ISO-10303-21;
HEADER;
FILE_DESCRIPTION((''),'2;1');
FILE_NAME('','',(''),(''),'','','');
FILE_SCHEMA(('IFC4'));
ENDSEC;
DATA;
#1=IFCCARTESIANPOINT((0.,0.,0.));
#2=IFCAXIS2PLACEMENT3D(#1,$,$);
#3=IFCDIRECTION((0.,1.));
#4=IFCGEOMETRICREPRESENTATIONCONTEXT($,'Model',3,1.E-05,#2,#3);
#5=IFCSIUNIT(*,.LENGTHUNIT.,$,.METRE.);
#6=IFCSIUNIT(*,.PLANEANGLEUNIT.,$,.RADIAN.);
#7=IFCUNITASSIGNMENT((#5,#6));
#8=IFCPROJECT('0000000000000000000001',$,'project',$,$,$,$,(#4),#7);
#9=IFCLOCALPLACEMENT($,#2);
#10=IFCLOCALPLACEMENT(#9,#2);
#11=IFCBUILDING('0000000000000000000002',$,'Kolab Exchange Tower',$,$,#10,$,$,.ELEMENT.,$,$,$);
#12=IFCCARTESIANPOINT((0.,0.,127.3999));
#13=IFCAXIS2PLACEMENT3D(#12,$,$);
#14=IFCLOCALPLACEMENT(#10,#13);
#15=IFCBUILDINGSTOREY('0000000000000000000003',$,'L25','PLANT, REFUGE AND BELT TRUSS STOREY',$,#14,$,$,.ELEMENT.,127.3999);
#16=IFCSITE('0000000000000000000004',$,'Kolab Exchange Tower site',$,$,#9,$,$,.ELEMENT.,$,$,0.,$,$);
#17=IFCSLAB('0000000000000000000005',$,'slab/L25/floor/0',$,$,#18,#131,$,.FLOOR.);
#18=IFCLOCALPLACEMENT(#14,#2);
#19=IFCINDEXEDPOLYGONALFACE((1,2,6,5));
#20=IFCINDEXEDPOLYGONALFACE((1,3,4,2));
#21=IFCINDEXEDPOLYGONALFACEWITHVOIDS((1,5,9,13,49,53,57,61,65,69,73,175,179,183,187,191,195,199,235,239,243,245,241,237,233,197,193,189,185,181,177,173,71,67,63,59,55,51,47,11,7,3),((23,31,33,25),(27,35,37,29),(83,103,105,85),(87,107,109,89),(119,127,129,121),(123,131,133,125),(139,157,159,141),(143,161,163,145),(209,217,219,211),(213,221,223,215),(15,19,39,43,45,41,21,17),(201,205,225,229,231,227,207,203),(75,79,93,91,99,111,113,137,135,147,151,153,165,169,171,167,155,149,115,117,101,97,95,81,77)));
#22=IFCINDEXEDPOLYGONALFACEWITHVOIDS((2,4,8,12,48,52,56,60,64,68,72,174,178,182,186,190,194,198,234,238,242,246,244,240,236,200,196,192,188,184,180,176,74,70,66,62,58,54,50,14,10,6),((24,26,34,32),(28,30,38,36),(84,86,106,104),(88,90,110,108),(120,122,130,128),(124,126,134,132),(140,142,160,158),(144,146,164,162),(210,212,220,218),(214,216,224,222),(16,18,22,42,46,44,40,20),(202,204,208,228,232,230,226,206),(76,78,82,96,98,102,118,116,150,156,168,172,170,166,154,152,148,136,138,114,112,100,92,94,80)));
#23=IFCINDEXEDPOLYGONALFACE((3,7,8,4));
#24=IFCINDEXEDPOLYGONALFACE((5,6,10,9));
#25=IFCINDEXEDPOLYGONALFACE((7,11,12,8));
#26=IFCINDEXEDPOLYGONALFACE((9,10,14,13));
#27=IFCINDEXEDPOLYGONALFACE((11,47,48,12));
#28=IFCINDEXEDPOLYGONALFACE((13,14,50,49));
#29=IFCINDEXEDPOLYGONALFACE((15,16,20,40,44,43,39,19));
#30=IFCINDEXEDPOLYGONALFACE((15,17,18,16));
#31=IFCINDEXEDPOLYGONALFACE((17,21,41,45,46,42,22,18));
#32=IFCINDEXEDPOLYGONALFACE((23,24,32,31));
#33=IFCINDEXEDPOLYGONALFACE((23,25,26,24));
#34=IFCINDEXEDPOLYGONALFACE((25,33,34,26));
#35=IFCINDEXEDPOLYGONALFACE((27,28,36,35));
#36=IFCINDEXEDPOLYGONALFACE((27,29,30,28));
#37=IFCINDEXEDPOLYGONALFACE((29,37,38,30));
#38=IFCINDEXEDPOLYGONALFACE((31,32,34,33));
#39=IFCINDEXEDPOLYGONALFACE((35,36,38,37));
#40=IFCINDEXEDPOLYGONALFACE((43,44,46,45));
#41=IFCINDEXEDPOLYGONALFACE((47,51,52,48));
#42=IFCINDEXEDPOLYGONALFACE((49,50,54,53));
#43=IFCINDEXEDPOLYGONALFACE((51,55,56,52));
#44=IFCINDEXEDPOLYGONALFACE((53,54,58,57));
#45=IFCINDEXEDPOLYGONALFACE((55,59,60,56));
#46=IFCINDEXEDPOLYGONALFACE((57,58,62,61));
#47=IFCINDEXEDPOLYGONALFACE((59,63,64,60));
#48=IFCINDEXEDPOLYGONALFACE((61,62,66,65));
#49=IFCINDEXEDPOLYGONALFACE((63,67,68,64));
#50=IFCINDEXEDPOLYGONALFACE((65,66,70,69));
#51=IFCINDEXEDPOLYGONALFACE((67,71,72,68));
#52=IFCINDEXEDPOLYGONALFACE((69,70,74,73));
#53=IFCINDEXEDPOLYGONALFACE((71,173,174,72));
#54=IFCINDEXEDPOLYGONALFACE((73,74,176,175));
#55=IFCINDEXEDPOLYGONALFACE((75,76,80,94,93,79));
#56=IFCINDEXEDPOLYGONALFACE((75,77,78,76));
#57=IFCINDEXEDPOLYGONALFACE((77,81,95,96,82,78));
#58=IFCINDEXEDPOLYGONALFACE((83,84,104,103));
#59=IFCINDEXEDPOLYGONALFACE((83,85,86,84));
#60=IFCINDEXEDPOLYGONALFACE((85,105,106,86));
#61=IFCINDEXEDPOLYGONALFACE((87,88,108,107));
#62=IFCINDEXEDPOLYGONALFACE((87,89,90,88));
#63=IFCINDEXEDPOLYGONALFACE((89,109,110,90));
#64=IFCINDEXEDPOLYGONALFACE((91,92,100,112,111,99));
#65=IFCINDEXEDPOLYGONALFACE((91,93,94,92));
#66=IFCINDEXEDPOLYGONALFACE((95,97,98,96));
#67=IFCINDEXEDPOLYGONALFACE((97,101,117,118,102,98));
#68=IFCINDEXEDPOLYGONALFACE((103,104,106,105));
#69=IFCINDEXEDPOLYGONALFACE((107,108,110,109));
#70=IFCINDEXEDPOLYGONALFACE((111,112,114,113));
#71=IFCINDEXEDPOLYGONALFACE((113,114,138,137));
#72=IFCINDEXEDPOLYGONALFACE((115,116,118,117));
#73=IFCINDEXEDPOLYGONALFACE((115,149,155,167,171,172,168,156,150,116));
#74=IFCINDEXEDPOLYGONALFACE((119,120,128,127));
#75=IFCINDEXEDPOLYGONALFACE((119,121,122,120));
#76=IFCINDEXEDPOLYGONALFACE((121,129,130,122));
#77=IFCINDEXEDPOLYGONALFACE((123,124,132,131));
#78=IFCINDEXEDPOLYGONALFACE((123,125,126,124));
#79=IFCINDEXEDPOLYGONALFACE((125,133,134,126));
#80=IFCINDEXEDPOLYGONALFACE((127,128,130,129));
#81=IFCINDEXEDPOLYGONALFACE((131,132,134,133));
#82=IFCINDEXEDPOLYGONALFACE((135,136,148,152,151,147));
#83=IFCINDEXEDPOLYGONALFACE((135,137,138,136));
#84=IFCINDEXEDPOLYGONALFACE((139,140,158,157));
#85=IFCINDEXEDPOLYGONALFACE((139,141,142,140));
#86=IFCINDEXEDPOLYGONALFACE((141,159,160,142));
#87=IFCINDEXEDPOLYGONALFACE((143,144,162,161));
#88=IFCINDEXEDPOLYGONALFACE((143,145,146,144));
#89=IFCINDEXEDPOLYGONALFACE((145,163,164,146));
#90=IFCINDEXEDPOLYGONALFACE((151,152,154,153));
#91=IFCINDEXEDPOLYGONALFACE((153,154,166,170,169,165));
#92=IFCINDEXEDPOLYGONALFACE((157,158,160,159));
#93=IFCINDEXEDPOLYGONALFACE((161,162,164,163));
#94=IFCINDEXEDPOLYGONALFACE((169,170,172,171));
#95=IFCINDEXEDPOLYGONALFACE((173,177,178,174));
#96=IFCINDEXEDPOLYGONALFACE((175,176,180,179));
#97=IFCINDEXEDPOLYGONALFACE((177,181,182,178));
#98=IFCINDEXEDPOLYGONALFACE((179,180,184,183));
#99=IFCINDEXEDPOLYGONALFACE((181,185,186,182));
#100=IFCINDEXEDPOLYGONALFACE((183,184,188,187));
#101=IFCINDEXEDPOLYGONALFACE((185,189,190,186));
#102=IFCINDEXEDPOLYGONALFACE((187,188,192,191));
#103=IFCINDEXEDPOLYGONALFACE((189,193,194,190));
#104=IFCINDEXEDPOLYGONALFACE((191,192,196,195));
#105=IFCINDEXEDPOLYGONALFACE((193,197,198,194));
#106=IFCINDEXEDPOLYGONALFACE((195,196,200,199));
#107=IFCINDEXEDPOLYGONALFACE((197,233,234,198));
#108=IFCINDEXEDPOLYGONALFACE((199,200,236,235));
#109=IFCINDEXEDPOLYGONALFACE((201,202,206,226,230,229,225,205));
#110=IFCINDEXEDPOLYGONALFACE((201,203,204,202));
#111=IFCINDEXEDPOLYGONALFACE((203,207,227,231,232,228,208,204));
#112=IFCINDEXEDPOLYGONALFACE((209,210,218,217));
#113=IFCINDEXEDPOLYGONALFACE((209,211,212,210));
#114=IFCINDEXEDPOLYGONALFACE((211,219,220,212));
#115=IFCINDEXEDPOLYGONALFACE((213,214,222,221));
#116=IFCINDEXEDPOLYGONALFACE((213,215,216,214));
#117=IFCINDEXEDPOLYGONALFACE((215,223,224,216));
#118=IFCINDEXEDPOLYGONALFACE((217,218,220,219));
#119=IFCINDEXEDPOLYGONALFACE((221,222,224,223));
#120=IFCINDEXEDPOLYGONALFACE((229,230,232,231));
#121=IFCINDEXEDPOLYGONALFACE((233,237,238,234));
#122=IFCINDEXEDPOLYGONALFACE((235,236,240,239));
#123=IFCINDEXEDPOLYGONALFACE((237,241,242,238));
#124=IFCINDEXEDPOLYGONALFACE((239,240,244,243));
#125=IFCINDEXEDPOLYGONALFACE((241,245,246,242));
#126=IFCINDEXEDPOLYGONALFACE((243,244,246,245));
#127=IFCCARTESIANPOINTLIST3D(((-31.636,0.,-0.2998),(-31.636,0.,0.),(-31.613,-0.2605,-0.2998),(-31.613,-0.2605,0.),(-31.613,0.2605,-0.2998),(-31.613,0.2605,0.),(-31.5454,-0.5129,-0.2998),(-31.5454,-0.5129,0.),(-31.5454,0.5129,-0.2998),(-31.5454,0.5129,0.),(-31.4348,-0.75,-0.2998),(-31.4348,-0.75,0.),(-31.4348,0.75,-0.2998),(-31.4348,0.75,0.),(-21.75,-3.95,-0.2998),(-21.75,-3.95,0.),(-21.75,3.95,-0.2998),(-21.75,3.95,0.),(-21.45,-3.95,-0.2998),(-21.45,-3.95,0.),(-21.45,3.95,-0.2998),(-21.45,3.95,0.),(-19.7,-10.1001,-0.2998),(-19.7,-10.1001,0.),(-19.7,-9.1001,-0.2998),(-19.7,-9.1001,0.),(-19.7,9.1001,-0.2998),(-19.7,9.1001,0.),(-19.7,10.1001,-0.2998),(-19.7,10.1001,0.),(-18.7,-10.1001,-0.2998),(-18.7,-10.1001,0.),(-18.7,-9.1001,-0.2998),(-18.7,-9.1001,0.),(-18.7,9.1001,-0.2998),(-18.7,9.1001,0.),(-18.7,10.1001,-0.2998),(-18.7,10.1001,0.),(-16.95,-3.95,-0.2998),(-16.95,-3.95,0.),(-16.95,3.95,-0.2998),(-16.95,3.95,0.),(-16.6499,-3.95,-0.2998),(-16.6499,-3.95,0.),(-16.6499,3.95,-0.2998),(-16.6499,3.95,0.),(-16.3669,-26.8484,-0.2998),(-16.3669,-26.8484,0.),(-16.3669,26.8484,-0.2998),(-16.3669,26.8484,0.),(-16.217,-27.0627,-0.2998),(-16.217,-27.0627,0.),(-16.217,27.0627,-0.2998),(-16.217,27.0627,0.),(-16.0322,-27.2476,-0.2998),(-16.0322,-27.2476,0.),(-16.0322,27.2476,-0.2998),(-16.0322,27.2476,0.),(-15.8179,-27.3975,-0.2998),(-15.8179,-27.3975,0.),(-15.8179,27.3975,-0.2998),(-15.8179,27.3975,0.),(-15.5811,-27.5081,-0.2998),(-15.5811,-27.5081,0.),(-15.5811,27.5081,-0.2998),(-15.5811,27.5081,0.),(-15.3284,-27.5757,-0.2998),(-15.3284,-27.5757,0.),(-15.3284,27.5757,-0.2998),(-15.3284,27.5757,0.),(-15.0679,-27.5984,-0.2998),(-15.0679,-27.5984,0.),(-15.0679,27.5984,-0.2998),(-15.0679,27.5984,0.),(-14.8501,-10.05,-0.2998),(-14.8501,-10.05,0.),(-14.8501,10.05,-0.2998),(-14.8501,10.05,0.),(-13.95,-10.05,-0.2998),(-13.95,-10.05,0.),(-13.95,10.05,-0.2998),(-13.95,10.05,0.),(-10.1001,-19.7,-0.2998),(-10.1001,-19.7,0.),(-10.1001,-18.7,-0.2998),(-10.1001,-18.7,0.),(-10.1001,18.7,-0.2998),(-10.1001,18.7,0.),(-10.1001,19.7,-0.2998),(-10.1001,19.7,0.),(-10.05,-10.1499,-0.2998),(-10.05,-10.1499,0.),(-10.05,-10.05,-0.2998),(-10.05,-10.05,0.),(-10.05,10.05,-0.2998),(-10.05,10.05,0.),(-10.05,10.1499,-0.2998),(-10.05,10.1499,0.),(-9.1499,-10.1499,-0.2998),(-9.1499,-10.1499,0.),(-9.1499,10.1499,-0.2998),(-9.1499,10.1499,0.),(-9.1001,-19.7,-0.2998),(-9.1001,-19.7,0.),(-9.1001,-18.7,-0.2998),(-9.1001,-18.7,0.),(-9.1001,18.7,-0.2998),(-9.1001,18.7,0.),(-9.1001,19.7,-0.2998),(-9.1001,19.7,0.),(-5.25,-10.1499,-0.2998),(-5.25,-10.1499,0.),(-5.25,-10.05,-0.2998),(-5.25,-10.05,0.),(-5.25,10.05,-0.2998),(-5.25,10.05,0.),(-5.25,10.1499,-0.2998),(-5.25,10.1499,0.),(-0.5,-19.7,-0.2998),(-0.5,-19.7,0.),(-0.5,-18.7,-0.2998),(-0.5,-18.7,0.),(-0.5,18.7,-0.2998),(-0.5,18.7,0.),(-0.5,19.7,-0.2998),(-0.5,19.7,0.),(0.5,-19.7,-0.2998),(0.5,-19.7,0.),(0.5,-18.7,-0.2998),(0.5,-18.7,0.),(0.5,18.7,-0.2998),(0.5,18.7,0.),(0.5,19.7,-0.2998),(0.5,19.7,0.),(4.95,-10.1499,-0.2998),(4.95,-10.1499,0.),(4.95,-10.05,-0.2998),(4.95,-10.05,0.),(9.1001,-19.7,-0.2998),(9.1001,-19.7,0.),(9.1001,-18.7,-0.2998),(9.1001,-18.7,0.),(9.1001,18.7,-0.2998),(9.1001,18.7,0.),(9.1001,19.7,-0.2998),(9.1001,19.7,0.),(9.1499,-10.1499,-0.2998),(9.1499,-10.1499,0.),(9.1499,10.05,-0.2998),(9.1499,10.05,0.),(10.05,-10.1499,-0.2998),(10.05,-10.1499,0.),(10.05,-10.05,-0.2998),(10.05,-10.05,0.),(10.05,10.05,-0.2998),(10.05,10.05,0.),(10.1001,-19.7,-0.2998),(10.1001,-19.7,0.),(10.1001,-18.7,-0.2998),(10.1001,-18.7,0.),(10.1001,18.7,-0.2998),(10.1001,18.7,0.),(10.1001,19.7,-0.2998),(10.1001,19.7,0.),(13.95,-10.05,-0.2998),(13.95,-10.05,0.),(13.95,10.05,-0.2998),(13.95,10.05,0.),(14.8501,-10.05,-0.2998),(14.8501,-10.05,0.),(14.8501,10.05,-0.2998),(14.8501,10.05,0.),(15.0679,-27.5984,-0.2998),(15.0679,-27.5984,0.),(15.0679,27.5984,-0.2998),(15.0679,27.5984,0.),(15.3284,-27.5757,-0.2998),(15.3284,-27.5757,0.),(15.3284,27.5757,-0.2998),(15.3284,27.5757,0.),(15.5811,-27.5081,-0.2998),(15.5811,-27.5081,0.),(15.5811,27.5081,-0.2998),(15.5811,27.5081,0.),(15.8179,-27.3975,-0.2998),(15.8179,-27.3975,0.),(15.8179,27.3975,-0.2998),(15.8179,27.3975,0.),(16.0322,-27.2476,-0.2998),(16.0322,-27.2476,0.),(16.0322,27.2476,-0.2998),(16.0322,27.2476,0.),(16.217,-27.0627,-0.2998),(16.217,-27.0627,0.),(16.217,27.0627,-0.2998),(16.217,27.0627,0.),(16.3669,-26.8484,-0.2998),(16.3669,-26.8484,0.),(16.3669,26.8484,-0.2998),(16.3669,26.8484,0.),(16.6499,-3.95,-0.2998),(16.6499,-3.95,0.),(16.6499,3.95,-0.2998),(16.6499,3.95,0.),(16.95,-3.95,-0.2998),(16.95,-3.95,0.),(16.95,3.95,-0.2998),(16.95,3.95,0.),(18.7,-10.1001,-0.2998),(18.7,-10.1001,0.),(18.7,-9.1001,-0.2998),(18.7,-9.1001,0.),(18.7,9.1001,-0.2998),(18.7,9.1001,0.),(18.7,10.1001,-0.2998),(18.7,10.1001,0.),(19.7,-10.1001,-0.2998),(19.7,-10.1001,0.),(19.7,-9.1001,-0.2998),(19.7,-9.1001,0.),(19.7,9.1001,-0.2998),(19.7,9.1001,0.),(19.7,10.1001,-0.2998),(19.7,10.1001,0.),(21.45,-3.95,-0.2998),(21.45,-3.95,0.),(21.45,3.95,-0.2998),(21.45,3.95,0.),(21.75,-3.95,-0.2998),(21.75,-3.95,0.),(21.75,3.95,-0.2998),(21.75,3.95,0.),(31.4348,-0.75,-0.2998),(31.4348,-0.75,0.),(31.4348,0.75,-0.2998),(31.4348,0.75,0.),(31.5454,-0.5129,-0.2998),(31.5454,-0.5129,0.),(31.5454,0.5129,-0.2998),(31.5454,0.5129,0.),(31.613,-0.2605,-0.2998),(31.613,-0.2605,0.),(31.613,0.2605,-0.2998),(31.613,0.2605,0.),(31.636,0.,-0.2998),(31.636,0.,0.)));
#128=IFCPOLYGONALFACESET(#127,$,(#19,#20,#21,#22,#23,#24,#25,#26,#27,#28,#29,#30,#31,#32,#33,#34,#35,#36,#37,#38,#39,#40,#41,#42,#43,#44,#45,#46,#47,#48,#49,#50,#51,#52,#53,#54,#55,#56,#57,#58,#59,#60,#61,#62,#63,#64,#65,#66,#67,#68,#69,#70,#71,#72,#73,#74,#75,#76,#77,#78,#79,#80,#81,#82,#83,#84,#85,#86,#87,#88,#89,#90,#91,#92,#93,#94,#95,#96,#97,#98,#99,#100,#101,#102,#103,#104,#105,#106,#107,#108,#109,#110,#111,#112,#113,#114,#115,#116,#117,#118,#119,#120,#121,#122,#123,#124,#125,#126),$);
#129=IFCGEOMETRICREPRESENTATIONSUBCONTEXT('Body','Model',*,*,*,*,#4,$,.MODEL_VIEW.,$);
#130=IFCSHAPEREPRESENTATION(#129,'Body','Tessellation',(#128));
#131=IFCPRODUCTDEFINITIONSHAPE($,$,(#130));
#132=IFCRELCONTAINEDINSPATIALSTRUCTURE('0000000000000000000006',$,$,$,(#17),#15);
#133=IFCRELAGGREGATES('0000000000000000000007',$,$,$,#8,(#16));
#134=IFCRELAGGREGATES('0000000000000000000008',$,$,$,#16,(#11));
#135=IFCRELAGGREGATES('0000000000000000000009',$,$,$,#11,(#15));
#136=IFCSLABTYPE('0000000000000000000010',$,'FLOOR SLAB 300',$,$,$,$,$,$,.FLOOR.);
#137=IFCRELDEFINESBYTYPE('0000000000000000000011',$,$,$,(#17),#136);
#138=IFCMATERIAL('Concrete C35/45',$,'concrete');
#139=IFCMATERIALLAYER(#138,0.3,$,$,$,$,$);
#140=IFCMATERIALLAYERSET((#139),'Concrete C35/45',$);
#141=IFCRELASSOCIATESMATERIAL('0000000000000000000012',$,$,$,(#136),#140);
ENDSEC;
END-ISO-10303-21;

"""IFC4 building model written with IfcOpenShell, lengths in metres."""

from ifc_helpers import new_model, si_unit, direction, frame, origin, place, context, subcontext, project, spatial, polyline, outline, extrude, material, layer, layer_set, type_object, element, save


model = new_model("IFC4")

# Units and contexts
model_context = context("Model", 3, precision=1e-05, world=origin(), true_north=direction((0.0, 1.0)))
body_context = subcontext(model_context, "Body", "Model", "MODEL_VIEW")
ifc_project = project(units=[si_unit("LENGTHUNIT", "METRE"), si_unit("PLANEANGLEUNIT", "RADIAN")], contexts=[model_context])

# Site, building, storey
site_placement = place(None, origin())
site = spatial("IfcSite", under=ifc_project, at=site_placement, Name="Kolab Exchange Tower site", CompositionType="ELEMENT", RefElevation=0.0)
building_placement = place(site_placement, origin())
building = spatial("IfcBuilding", under=site, at=building_placement, Name="Kolab Exchange Tower", CompositionType="ELEMENT")
storey_placement = place(building_placement, frame((0.0, 0.0, 127.3999)))
storey = spatial("IfcBuildingStorey", under=building, at=storey_placement, Name="L25", Description="PLANT, REFUGE AND BELT TRUSS STOREY", CompositionType="ELEMENT", Elevation=127.3999)

# Slab
ifc_material_1 = material(Name="Concrete C35/45", Category="concrete")
ifc_layer_1 = layer(ifc_material_1, 0.3)
ifc_layer_set_1 = layer_set([ifc_layer_1], Name="Concrete C35/45")
slab_type = type_object("IfcSlabType", Name="FLOOR SLAB 300", PredefinedType="FLOOR", material=ifc_layer_set_1)
slab_1_placement = place(storey_placement, frame((0.0, 0.0, -0.2998)))
element("IfcSlab", 1, at=slab_1_placement, inside=storey, type_object=slab_type, Name="slab/L25/floor/0", PredefinedType="FLOOR", context=body_context, shape_type="SweptSolid", body=[
    extrude(outline(polyline([(16.3669, -26.8484), (31.4348, -0.75), (31.5454, -0.5129), (31.613, -0.2605), (31.636, 0.0), (31.613, 0.2605), (31.5454, 0.5129), (31.4348, 0.75), (16.3669, 26.8484), (16.217, 27.0627), (16.0322, 27.2476), (15.8179, 27.3975), (15.5811, 27.5081), (15.3284, 27.5757), (15.0679, 27.5984), (-15.0679, 27.5984), (-15.3284, 27.5757), (-15.5811, 27.5081), (-15.8179, 27.3975), (-16.0322, 27.2476), (-16.217, 27.0627), (-16.3669, 26.8484), (-31.4348, 0.75), (-31.5454, 0.5129), (-31.613, 0.2605), (-31.636, 0.0), (-31.613, -0.2605), (-31.5454, -0.5129), (-31.4348, -0.75), (-16.3669, -26.8484), (-16.217, -27.0627), (-16.0322, -27.2476), (-15.8179, -27.3975), (-15.5811, -27.5081), (-15.3284, -27.5757), (-15.0679, -27.5984), (15.0679, -27.5984), (15.3284, -27.5757), (15.5811, -27.5081), (15.8179, -27.3975), (16.0322, -27.2476), (16.217, -27.0627), (16.3669, -26.8484)]), holes=[polyline([(-13.95, -10.05), (-14.8501, -10.05), (-14.8501, 10.05), (-13.95, 10.05), (-10.05, 10.05), (-10.05, 10.1499), (-9.1499, 10.1499), (-5.25, 10.1499), (-5.25, 10.05), (9.1499, 10.05), (10.05, 10.05), (13.95, 10.05), (14.8501, 10.05), (14.8501, -10.05), (13.95, -10.05), (10.05, -10.05), (10.05, -10.1499), (9.1499, -10.1499), (4.95, -10.1499), (4.95, -10.05), (-5.25, -10.05), (-5.25, -10.1499), (-9.1499, -10.1499), (-10.05, -10.1499), (-10.05, -10.05), (-13.95, -10.05)]), polyline([(-18.7, -9.1001), (-18.7, -10.1001), (-19.7, -10.1001), (-19.7, -9.1001), (-18.7, -9.1001)]), polyline([(-21.45, -3.95), (-21.75, -3.95), (-21.75, 3.95), (-21.45, 3.95), (-16.95, 3.95), (-16.6499, 3.95), (-16.6499, -3.95), (-16.95, -3.95), (-21.45, -3.95)]), polyline([(-18.7, 10.1001), (-18.7, 9.1001), (-19.7, 9.1001), (-19.7, 10.1001), (-18.7, 10.1001)]), polyline([(-9.1001, -18.7), (-9.1001, -19.7), (-10.1001, -19.7), (-10.1001, -18.7), (-9.1001, -18.7)]), polyline([(-9.1001, 19.7), (-9.1001, 18.7), (-10.1001, 18.7), (-10.1001, 19.7), (-9.1001, 19.7)]), polyline([(9.1001, -18.7), (10.1001, -18.7), (10.1001, -19.7), (9.1001, -19.7), (9.1001, -18.7)]), polyline([(-0.5, -18.7), (0.5, -18.7), (0.5, -19.7), (-0.5, -19.7), (-0.5, -18.7)]), polyline([(0.5, 19.7), (0.5, 18.7), (-0.5, 18.7), (-0.5, 19.7), (0.5, 19.7)]), polyline([(10.1001, 19.7), (10.1001, 18.7), (9.1001, 18.7), (9.1001, 19.7), (10.1001, 19.7)]), polyline([(19.7, -9.1001), (19.7, -10.1001), (18.7, -10.1001), (18.7, -9.1001), (19.7, -9.1001)]), polyline([(21.45, 3.95), (21.75, 3.95), (21.75, -3.95), (21.45, -3.95), (16.95, -3.95), (16.6499, -3.95), (16.6499, 3.95), (16.95, 3.95), (21.45, 3.95)]), polyline([(19.7, 10.1001), (19.7, 9.1001), (18.7, 9.1001), (18.7, 10.1001), (19.7, 10.1001)])]), origin(), (0.0, 0.0, 1.0), 0.2998),
])

save(model, "model.ifc")
